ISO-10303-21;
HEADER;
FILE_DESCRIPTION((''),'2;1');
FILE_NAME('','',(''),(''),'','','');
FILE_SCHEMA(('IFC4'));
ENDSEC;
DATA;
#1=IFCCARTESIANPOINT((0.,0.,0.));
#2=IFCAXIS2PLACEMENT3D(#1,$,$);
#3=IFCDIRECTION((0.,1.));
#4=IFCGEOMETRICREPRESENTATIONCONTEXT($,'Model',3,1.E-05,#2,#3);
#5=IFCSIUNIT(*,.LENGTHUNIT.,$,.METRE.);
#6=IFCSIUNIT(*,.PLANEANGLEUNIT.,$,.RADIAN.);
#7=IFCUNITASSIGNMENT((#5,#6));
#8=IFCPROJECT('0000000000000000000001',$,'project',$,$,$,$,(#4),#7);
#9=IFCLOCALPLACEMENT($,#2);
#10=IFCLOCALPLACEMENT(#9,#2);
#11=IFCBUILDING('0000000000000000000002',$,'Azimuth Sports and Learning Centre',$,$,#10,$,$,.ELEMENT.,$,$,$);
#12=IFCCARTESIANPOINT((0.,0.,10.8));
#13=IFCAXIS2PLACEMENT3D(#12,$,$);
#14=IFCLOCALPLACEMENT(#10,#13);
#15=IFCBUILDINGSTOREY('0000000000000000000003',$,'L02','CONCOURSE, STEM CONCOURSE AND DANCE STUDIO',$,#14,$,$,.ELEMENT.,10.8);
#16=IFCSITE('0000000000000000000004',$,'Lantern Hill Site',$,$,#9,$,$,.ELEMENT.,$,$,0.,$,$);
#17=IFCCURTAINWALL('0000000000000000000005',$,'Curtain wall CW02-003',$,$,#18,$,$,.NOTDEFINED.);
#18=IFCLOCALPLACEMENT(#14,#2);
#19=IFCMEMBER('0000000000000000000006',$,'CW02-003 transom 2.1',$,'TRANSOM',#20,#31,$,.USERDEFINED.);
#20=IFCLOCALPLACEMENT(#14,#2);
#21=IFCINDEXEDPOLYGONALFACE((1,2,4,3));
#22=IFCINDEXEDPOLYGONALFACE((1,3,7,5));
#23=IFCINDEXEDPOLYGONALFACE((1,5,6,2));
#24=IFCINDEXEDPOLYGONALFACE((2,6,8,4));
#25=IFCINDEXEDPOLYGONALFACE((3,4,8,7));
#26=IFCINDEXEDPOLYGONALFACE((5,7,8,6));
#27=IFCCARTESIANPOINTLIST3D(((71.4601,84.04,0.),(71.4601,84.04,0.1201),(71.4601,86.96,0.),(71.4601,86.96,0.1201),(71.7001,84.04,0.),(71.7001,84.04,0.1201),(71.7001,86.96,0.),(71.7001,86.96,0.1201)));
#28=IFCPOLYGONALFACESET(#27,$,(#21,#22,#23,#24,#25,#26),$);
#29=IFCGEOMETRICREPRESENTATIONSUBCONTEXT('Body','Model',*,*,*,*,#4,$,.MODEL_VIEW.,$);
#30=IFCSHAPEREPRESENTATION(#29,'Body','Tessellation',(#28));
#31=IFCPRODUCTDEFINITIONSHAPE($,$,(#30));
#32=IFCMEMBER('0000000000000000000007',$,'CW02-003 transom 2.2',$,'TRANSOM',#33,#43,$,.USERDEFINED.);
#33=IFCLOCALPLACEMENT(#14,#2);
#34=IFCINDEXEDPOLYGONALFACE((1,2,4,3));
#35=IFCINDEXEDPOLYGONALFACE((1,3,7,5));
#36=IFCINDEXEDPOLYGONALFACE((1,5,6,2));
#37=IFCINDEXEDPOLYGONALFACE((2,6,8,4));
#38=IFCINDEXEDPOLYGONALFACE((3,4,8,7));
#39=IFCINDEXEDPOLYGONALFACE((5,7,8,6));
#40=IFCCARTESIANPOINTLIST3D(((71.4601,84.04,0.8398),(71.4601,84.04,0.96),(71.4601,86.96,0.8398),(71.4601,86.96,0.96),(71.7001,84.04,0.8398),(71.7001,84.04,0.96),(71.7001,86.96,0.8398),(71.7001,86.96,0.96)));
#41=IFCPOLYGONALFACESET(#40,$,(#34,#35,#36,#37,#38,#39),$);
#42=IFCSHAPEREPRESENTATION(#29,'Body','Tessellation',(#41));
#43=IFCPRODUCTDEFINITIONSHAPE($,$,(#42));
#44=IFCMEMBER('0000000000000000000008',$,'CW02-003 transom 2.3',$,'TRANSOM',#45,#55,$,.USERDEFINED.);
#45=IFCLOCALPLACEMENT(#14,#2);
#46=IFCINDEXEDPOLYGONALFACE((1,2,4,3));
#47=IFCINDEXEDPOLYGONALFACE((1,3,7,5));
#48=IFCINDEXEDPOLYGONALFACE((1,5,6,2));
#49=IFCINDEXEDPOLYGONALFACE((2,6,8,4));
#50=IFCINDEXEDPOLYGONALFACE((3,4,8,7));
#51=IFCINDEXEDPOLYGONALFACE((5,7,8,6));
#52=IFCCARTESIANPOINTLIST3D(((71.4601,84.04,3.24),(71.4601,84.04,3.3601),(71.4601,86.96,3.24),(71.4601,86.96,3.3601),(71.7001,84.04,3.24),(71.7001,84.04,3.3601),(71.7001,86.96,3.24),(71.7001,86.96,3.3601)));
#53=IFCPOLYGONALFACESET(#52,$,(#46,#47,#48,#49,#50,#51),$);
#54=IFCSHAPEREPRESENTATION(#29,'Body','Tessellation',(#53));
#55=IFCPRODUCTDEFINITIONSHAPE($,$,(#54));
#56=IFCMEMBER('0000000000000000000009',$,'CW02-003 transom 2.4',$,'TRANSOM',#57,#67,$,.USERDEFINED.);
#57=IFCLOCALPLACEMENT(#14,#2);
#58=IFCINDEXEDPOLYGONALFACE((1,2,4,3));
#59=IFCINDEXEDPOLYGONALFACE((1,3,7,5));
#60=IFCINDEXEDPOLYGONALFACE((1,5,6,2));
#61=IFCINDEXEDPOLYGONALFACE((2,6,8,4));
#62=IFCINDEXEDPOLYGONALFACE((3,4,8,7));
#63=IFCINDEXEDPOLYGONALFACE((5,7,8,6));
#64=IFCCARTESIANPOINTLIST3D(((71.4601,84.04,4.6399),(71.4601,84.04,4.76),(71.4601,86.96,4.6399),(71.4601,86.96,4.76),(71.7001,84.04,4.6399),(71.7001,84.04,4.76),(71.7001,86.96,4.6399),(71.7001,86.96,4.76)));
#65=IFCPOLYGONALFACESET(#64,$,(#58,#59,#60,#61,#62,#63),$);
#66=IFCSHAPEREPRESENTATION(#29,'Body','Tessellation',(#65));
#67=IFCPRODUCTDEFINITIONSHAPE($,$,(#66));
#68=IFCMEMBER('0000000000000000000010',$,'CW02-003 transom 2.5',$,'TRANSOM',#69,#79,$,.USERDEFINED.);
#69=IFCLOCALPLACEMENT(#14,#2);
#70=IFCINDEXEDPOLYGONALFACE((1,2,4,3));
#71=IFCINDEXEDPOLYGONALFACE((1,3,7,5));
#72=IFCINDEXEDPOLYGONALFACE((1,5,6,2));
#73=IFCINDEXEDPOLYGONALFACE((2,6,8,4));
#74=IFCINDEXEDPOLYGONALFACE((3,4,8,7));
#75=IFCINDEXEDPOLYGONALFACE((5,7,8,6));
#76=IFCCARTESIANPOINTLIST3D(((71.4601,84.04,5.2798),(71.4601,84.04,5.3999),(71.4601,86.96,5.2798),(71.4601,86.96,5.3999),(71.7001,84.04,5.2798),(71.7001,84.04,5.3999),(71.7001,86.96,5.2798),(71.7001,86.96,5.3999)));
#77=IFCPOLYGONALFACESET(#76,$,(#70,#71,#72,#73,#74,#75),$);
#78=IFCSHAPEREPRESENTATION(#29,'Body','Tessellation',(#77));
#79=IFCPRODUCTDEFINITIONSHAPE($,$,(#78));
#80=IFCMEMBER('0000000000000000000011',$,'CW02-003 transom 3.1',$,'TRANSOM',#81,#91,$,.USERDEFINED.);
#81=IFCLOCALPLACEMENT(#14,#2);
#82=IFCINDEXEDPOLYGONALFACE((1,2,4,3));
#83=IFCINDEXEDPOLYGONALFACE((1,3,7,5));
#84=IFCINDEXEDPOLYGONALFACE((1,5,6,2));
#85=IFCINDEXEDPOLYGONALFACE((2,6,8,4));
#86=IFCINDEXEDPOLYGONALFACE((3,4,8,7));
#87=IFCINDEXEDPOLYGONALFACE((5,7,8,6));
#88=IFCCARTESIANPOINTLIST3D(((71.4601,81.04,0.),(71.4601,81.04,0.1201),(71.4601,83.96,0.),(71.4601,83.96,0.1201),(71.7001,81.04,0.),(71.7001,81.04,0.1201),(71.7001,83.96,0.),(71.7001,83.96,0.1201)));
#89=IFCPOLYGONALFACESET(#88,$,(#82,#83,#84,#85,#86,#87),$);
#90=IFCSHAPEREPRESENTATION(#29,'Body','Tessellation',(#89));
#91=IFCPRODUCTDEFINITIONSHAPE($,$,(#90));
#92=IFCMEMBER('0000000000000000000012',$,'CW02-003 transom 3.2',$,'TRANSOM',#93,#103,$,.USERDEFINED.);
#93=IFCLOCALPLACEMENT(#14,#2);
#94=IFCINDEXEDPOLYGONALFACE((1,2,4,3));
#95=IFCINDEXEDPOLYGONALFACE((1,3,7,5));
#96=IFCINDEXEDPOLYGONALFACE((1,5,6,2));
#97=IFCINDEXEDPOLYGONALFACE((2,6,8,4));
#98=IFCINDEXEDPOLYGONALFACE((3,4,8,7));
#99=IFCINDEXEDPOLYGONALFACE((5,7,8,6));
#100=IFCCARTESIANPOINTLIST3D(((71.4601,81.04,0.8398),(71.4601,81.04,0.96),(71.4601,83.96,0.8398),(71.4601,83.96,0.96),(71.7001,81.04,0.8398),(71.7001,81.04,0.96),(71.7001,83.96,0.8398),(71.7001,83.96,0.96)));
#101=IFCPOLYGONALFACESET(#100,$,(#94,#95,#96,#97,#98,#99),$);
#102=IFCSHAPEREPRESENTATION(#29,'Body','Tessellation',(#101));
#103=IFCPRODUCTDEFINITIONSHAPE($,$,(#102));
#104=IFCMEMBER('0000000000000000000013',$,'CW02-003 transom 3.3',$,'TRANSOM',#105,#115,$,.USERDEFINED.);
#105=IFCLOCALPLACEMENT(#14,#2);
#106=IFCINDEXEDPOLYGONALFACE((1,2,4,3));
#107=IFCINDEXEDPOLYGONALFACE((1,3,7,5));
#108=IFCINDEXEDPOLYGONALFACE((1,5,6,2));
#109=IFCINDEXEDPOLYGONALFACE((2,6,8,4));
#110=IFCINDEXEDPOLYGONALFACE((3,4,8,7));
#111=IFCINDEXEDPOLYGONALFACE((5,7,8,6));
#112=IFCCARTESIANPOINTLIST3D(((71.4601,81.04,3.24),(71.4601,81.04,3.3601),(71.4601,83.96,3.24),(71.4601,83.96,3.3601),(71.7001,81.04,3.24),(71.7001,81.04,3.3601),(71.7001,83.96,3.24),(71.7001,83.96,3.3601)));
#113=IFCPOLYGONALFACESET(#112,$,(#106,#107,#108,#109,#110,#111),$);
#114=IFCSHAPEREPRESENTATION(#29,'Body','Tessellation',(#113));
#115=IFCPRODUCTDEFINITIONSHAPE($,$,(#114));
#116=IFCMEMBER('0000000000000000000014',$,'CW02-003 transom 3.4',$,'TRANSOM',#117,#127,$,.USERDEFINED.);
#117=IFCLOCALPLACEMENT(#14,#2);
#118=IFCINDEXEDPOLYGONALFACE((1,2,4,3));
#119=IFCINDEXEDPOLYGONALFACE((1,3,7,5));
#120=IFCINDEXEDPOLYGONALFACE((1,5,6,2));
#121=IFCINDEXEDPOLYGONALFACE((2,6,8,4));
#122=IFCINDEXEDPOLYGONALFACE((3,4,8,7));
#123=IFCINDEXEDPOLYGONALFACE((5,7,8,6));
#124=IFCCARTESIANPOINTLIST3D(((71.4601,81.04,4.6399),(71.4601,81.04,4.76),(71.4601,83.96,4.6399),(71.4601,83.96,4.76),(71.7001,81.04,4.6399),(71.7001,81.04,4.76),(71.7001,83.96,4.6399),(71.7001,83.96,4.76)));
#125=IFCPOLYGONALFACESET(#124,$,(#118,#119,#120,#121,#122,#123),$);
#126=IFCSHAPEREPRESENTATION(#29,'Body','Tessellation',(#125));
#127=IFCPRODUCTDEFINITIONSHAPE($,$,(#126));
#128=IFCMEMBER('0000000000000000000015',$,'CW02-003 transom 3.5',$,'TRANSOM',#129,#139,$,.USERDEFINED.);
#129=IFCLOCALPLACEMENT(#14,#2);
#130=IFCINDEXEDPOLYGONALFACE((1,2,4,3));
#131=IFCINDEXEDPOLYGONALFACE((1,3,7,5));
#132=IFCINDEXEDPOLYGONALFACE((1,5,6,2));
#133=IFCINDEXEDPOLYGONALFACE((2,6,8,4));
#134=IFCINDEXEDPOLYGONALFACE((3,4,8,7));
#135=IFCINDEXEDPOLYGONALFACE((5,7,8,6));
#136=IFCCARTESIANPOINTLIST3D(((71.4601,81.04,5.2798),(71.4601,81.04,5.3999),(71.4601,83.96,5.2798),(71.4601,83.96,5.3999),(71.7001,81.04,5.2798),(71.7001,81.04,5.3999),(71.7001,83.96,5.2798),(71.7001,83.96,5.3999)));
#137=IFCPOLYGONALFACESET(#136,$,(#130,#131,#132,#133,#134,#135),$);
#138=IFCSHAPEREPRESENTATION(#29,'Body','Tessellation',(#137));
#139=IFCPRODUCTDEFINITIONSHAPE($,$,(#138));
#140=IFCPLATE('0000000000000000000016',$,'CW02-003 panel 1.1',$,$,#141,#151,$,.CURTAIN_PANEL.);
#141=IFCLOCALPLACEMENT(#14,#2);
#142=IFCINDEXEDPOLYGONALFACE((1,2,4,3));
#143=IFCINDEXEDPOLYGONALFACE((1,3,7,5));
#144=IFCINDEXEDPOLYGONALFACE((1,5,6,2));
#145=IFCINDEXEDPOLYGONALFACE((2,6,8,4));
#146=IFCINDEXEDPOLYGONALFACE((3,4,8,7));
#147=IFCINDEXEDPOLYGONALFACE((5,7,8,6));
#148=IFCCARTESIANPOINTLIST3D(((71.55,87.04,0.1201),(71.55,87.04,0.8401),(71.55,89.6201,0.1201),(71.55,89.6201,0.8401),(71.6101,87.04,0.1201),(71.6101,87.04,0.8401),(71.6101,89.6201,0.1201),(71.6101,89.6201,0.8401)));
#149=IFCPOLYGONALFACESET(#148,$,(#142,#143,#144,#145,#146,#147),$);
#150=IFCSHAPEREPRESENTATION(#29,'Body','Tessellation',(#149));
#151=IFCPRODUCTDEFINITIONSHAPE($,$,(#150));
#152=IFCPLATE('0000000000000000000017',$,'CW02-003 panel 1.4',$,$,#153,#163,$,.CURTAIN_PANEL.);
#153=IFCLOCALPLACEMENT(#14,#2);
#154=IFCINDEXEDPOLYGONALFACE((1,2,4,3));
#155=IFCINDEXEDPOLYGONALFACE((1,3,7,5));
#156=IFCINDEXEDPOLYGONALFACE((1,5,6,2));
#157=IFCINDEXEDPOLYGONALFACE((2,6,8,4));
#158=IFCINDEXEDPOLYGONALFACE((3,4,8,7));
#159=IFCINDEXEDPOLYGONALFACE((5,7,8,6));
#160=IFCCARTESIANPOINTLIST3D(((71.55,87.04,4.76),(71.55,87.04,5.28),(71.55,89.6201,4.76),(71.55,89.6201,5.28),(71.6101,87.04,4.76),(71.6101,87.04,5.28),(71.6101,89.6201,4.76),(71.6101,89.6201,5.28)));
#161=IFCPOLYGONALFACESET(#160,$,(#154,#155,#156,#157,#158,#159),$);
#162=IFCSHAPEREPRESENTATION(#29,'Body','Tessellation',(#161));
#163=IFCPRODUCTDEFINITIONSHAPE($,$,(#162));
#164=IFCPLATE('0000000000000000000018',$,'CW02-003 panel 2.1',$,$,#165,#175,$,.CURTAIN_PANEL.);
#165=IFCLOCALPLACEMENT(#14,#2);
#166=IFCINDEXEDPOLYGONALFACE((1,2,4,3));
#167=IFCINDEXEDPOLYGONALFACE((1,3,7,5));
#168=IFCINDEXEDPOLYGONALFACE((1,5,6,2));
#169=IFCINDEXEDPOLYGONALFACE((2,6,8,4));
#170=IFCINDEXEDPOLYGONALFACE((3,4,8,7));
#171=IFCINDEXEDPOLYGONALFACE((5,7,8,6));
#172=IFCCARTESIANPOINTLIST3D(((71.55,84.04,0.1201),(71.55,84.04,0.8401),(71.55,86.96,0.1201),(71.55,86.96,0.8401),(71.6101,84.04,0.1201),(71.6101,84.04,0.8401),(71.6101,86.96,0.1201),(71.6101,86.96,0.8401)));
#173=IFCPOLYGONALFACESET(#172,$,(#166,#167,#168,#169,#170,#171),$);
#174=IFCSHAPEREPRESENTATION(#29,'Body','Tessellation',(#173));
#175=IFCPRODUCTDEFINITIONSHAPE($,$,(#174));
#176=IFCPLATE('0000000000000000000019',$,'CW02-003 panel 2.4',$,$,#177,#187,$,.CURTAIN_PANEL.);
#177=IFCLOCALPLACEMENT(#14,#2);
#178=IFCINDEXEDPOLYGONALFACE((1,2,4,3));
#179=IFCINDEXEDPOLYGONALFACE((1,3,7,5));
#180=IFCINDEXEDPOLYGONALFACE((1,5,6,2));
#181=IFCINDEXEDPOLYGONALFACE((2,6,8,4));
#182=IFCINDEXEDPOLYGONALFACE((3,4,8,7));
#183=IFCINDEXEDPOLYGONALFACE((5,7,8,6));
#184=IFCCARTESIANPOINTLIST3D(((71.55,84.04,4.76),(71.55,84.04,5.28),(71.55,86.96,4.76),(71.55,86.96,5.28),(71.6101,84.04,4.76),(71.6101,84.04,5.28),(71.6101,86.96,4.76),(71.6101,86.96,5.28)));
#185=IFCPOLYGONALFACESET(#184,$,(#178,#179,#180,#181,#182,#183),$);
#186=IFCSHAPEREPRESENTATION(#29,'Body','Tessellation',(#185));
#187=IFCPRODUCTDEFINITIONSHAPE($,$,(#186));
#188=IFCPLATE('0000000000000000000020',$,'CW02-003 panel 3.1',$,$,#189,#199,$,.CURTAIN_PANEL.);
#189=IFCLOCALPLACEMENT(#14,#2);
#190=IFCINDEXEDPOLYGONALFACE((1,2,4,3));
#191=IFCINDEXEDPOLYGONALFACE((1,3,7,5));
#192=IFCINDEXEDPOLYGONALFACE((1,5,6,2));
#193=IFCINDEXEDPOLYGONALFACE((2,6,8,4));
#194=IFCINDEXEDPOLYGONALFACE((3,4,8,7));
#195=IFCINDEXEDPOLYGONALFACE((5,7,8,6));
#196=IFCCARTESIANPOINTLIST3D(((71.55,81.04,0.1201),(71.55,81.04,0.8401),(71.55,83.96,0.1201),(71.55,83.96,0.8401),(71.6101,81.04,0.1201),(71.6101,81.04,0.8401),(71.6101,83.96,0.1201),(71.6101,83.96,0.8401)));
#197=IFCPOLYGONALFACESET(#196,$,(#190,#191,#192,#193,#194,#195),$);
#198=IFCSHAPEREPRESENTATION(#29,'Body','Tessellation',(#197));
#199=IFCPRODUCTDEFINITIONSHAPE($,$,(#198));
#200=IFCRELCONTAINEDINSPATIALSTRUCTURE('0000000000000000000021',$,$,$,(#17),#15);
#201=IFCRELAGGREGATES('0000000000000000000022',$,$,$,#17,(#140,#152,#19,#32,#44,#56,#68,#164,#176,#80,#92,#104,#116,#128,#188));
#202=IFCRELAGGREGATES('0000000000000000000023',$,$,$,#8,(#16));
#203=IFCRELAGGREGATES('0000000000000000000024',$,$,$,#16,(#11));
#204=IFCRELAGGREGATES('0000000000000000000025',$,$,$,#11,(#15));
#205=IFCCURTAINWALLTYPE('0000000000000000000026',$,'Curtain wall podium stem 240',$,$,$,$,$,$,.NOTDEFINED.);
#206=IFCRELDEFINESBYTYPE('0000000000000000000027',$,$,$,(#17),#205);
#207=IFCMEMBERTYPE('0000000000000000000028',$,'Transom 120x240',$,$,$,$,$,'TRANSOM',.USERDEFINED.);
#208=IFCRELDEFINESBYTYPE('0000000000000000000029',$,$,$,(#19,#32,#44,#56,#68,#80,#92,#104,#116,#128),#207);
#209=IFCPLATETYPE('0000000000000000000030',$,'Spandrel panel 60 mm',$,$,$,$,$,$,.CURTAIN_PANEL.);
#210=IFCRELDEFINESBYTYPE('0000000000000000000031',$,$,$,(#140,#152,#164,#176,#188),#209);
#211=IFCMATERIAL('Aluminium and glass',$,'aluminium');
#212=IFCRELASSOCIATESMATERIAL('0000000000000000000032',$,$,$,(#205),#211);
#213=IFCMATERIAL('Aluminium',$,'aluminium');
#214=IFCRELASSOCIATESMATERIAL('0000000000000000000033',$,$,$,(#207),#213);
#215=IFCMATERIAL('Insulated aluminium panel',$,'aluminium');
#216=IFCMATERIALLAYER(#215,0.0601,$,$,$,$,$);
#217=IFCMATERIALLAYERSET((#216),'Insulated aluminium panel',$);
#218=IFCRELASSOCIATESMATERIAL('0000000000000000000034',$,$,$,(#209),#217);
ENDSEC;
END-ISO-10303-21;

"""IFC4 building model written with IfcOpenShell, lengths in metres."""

from ifc_helpers import new_model, si_unit, direction, frame, origin, origin_2d, place, context, subcontext, project, spatial, rectangle, extrude, material, layer, layer_set, material_profile, profile_set, type_object, element, aggregate, save


model = new_model("IFC4")

# Units and contexts
model_context = context("Model", 3, precision=1e-05, world=origin(), true_north=direction((0.0, 1.0)))
body_context = subcontext(model_context, "Body", "Model", "MODEL_VIEW")
ifc_project = project(units=[si_unit("LENGTHUNIT", "METRE"), si_unit("PLANEANGLEUNIT", "RADIAN")], contexts=[model_context])

# Site, building, storey
site_placement = place(None, origin())
site = spatial("IfcSite", under=ifc_project, at=site_placement, Name="Lantern Hill Site", CompositionType="ELEMENT", RefElevation=0.0)
building_placement = place(site_placement, origin())
building = spatial("IfcBuilding", under=site, at=building_placement, Name="Azimuth Sports and Learning Centre", CompositionType="ELEMENT")
storey_placement = place(building_placement, frame((0.0, 0.0, 10.8)))
storey = spatial("IfcBuildingStorey", under=building, at=storey_placement, Name="L02", Description="CONCOURSE, STEM CONCOURSE AND DANCE STUDIO", CompositionType="ELEMENT", Elevation=10.8)

# Curtain wall, members, plates
ifc_material_1 = material(Name="Aluminium and glass", Category="aluminium")
curtain_wall_type = type_object("IfcCurtainWallType", Name="Curtain wall podium stem 240", PredefinedType="NOTDEFINED", material=ifc_material_1)
curtain_wall_placement = place(storey_placement, origin())
curtain_wall = element("IfcCurtainWall", 1, at=curtain_wall_placement, inside=storey, type_object=curtain_wall_type, Name="Curtain wall CW02-003", PredefinedType="NOTDEFINED")
ifc_material_2 = material(Name="Aluminium", Category="aluminium")
ifc_material_profile_1 = material_profile(ifc_material_2, rectangle(XDim=0.24, YDim=0.1201, at=origin_2d()), Name="Transom 120x240")
ifc_profile_set_1 = profile_set([ifc_material_profile_1], Name="Aluminium")
member_type_1 = type_object("IfcMemberType", Name="Transom 120x240", ElementType="TRANSOM", PredefinedType="USERDEFINED", material=ifc_profile_set_1)
member_1_placement = place(storey_placement, frame((71.5801, 86.96, 0.0601), z_axis=(0.0, -1.0, 0.0), x_axis=(1.0, 0.0, 0.0)))
member_1 = element("IfcMember", 2, at=member_1_placement, type_object=member_type_1, Name="CW02-003 transom 2.1", ObjectType="TRANSOM", PredefinedType="USERDEFINED", context=body_context, shape_type="SweptSolid", body=[
    extrude(rectangle(XDim=0.24, YDim=0.1201, at=origin_2d()), origin(), (0.0, 0.0, 1.0), 2.9199),
])
member_2_placement = place(storey_placement, frame((71.5801, 86.96, 0.8999), z_axis=(0.0, -1.0, 0.0), x_axis=(1.0, 0.0, 0.0)))
member_2 = element("IfcMember", 3, at=member_2_placement, type_object=member_type_1, Name="CW02-003 transom 2.2", ObjectType="TRANSOM", PredefinedType="USERDEFINED", context=body_context, shape_type="SweptSolid", body=[
    extrude(rectangle(XDim=0.24, YDim=0.1201, at=origin_2d()), origin(), (0.0, 0.0, 1.0), 2.9199),
])
member_3_placement = place(storey_placement, frame((71.5801, 86.96, 3.3), z_axis=(0.0, -1.0, 0.0), x_axis=(1.0, 0.0, 0.0)))
member_3 = element("IfcMember", 4, at=member_3_placement, type_object=member_type_1, Name="CW02-003 transom 2.3", ObjectType="TRANSOM", PredefinedType="USERDEFINED", context=body_context, shape_type="SweptSolid", body=[
    extrude(rectangle(XDim=0.24, YDim=0.1201, at=origin_2d()), origin(), (0.0, 0.0, 1.0), 2.9199),
])
member_4_placement = place(storey_placement, frame((71.5801, 86.96, 4.7), z_axis=(0.0, -1.0, 0.0), x_axis=(1.0, 0.0, 0.0)))
member_4 = element("IfcMember", 5, at=member_4_placement, type_object=member_type_1, Name="CW02-003 transom 2.4", ObjectType="TRANSOM", PredefinedType="USERDEFINED", context=body_context, shape_type="SweptSolid", body=[
    extrude(rectangle(XDim=0.24, YDim=0.1201, at=origin_2d()), origin(), (0.0, 0.0, 1.0), 2.9199),
])
member_5_placement = place(storey_placement, frame((71.5801, 86.96, 5.3398), z_axis=(0.0, -1.0, 0.0), x_axis=(1.0, 0.0, 0.0)))
member_5 = element("IfcMember", 6, at=member_5_placement, type_object=member_type_1, Name="CW02-003 transom 2.5", ObjectType="TRANSOM", PredefinedType="USERDEFINED", context=body_context, shape_type="SweptSolid", body=[
    extrude(rectangle(XDim=0.24, YDim=0.1201, at=origin_2d()), origin(), (0.0, 0.0, 1.0), 2.9199),
])
member_6_placement = place(storey_placement, frame((71.5801, 83.96, 0.0601), z_axis=(0.0, -1.0, 0.0), x_axis=(1.0, 0.0, 0.0)))
member_6 = element("IfcMember", 7, at=member_6_placement, type_object=member_type_1, Name="CW02-003 transom 3.1", ObjectType="TRANSOM", PredefinedType="USERDEFINED", context=body_context, shape_type="SweptSolid", body=[
    extrude(rectangle(XDim=0.24, YDim=0.1201, at=origin_2d()), origin(), (0.0, 0.0, 1.0), 2.9199),
])
member_7_placement = place(storey_placement, frame((71.5801, 83.96, 0.8999), z_axis=(0.0, -1.0, 0.0), x_axis=(1.0, 0.0, 0.0)))
member_7 = element("IfcMember", 8, at=member_7_placement, type_object=member_type_1, Name="CW02-003 transom 3.2", ObjectType="TRANSOM", PredefinedType="USERDEFINED", context=body_context, shape_type="SweptSolid", body=[
    extrude(rectangle(XDim=0.24, YDim=0.1201, at=origin_2d()), origin(), (0.0, 0.0, 1.0), 2.9199),
])
member_8_placement = place(storey_placement, frame((71.5801, 83.96, 3.3), z_axis=(0.0, -1.0, 0.0), x_axis=(1.0, 0.0, 0.0)))
member_8 = element("IfcMember", 9, at=member_8_placement, type_object=member_type_1, Name="CW02-003 transom 3.3", ObjectType="TRANSOM", PredefinedType="USERDEFINED", context=body_context, shape_type="SweptSolid", body=[
    extrude(rectangle(XDim=0.24, YDim=0.1201, at=origin_2d()), origin(), (0.0, 0.0, 1.0), 2.9199),
])
member_9_placement = place(storey_placement, frame((71.5801, 83.96, 4.7), z_axis=(0.0, -1.0, 0.0), x_axis=(1.0, 0.0, 0.0)))
member_9 = element("IfcMember", 10, at=member_9_placement, type_object=member_type_1, Name="CW02-003 transom 3.4", ObjectType="TRANSOM", PredefinedType="USERDEFINED", context=body_context, shape_type="SweptSolid", body=[
    extrude(rectangle(XDim=0.24, YDim=0.1201, at=origin_2d()), origin(), (0.0, 0.0, 1.0), 2.9199),
])
member_10_placement = place(storey_placement, frame((71.5801, 83.96, 5.3398), z_axis=(0.0, -1.0, 0.0), x_axis=(1.0, 0.0, 0.0)))
member_10 = element("IfcMember", 11, at=member_10_placement, type_object=member_type_1, Name="CW02-003 transom 3.5", ObjectType="TRANSOM", PredefinedType="USERDEFINED", context=body_context, shape_type="SweptSolid", body=[
    extrude(rectangle(XDim=0.24, YDim=0.1201, at=origin_2d()), origin(), (0.0, 0.0, 1.0), 2.9199),
])
ifc_material_3 = material(Name="Insulated aluminium panel", Category="aluminium")
ifc_layer_1 = layer(ifc_material_3, 0.0601)
ifc_layer_set_1 = layer_set([ifc_layer_1], Name="Insulated aluminium panel")
plate_type_1 = type_object("IfcPlateType", Name="Spandrel panel 60 mm", PredefinedType="CURTAIN_PANEL", material=ifc_layer_set_1)
plate_1_placement = place(storey_placement, frame((71.5801, 88.3301, 0.1201), z_axis=(0.0, 0.0, 1.0), x_axis=(0.0, -1.0, 0.0)))
plate_1 = element("IfcPlate", 12, at=plate_1_placement, type_object=plate_type_1, Name="CW02-003 panel 1.1", PredefinedType="CURTAIN_PANEL", context=body_context, shape_type="SweptSolid", body=[
    extrude(rectangle(XDim=2.5801, YDim=0.0601, at=origin_2d()), origin(), (0.0, 0.0, 1.0), 0.72),
])
plate_2_placement = place(storey_placement, frame((71.5801, 88.3301, 4.76), z_axis=(0.0, 0.0, 1.0), x_axis=(0.0, -1.0, 0.0)))
plate_2 = element("IfcPlate", 13, at=plate_2_placement, type_object=plate_type_1, Name="CW02-003 panel 1.4", PredefinedType="CURTAIN_PANEL", context=body_context, shape_type="SweptSolid", body=[
    extrude(rectangle(XDim=2.5801, YDim=0.0601, at=origin_2d()), origin(), (0.0, 0.0, 1.0), 0.52),
])
plate_3_placement = place(storey_placement, frame((71.5801, 85.5, 0.1201), z_axis=(0.0, 0.0, 1.0), x_axis=(0.0, -1.0, 0.0)))
plate_3 = element("IfcPlate", 14, at=plate_3_placement, type_object=plate_type_1, Name="CW02-003 panel 2.1", PredefinedType="CURTAIN_PANEL", context=body_context, shape_type="SweptSolid", body=[
    extrude(rectangle(XDim=2.9199, YDim=0.0601, at=origin_2d()), origin(), (0.0, 0.0, 1.0), 0.72),
])
plate_4_placement = place(storey_placement, frame((71.5801, 85.5, 4.76), z_axis=(0.0, 0.0, 1.0), x_axis=(0.0, -1.0, 0.0)))
plate_4 = element("IfcPlate", 15, at=plate_4_placement, type_object=plate_type_1, Name="CW02-003 panel 2.4", PredefinedType="CURTAIN_PANEL", context=body_context, shape_type="SweptSolid", body=[
    extrude(rectangle(XDim=2.9199, YDim=0.0601, at=origin_2d()), origin(), (0.0, 0.0, 1.0), 0.52),
])
plate_5_placement = place(storey_placement, frame((71.5801, 82.5, 0.1201), z_axis=(0.0, 0.0, 1.0), x_axis=(0.0, -1.0, 0.0)))
plate_5 = element("IfcPlate", 16, at=plate_5_placement, type_object=plate_type_1, Name="CW02-003 panel 3.1", PredefinedType="CURTAIN_PANEL", context=body_context, shape_type="SweptSolid", body=[
    extrude(rectangle(XDim=2.9199, YDim=0.0601, at=origin_2d()), origin(), (0.0, 0.0, 1.0), 0.72),
])
aggregate(curtain_wall, [plate_1, plate_2, member_1, member_2, member_3, member_4, member_5, plate_3, plate_4, member_6, member_7, member_8, member_9, member_10, plate_5])

save(model, "model.ifc")
